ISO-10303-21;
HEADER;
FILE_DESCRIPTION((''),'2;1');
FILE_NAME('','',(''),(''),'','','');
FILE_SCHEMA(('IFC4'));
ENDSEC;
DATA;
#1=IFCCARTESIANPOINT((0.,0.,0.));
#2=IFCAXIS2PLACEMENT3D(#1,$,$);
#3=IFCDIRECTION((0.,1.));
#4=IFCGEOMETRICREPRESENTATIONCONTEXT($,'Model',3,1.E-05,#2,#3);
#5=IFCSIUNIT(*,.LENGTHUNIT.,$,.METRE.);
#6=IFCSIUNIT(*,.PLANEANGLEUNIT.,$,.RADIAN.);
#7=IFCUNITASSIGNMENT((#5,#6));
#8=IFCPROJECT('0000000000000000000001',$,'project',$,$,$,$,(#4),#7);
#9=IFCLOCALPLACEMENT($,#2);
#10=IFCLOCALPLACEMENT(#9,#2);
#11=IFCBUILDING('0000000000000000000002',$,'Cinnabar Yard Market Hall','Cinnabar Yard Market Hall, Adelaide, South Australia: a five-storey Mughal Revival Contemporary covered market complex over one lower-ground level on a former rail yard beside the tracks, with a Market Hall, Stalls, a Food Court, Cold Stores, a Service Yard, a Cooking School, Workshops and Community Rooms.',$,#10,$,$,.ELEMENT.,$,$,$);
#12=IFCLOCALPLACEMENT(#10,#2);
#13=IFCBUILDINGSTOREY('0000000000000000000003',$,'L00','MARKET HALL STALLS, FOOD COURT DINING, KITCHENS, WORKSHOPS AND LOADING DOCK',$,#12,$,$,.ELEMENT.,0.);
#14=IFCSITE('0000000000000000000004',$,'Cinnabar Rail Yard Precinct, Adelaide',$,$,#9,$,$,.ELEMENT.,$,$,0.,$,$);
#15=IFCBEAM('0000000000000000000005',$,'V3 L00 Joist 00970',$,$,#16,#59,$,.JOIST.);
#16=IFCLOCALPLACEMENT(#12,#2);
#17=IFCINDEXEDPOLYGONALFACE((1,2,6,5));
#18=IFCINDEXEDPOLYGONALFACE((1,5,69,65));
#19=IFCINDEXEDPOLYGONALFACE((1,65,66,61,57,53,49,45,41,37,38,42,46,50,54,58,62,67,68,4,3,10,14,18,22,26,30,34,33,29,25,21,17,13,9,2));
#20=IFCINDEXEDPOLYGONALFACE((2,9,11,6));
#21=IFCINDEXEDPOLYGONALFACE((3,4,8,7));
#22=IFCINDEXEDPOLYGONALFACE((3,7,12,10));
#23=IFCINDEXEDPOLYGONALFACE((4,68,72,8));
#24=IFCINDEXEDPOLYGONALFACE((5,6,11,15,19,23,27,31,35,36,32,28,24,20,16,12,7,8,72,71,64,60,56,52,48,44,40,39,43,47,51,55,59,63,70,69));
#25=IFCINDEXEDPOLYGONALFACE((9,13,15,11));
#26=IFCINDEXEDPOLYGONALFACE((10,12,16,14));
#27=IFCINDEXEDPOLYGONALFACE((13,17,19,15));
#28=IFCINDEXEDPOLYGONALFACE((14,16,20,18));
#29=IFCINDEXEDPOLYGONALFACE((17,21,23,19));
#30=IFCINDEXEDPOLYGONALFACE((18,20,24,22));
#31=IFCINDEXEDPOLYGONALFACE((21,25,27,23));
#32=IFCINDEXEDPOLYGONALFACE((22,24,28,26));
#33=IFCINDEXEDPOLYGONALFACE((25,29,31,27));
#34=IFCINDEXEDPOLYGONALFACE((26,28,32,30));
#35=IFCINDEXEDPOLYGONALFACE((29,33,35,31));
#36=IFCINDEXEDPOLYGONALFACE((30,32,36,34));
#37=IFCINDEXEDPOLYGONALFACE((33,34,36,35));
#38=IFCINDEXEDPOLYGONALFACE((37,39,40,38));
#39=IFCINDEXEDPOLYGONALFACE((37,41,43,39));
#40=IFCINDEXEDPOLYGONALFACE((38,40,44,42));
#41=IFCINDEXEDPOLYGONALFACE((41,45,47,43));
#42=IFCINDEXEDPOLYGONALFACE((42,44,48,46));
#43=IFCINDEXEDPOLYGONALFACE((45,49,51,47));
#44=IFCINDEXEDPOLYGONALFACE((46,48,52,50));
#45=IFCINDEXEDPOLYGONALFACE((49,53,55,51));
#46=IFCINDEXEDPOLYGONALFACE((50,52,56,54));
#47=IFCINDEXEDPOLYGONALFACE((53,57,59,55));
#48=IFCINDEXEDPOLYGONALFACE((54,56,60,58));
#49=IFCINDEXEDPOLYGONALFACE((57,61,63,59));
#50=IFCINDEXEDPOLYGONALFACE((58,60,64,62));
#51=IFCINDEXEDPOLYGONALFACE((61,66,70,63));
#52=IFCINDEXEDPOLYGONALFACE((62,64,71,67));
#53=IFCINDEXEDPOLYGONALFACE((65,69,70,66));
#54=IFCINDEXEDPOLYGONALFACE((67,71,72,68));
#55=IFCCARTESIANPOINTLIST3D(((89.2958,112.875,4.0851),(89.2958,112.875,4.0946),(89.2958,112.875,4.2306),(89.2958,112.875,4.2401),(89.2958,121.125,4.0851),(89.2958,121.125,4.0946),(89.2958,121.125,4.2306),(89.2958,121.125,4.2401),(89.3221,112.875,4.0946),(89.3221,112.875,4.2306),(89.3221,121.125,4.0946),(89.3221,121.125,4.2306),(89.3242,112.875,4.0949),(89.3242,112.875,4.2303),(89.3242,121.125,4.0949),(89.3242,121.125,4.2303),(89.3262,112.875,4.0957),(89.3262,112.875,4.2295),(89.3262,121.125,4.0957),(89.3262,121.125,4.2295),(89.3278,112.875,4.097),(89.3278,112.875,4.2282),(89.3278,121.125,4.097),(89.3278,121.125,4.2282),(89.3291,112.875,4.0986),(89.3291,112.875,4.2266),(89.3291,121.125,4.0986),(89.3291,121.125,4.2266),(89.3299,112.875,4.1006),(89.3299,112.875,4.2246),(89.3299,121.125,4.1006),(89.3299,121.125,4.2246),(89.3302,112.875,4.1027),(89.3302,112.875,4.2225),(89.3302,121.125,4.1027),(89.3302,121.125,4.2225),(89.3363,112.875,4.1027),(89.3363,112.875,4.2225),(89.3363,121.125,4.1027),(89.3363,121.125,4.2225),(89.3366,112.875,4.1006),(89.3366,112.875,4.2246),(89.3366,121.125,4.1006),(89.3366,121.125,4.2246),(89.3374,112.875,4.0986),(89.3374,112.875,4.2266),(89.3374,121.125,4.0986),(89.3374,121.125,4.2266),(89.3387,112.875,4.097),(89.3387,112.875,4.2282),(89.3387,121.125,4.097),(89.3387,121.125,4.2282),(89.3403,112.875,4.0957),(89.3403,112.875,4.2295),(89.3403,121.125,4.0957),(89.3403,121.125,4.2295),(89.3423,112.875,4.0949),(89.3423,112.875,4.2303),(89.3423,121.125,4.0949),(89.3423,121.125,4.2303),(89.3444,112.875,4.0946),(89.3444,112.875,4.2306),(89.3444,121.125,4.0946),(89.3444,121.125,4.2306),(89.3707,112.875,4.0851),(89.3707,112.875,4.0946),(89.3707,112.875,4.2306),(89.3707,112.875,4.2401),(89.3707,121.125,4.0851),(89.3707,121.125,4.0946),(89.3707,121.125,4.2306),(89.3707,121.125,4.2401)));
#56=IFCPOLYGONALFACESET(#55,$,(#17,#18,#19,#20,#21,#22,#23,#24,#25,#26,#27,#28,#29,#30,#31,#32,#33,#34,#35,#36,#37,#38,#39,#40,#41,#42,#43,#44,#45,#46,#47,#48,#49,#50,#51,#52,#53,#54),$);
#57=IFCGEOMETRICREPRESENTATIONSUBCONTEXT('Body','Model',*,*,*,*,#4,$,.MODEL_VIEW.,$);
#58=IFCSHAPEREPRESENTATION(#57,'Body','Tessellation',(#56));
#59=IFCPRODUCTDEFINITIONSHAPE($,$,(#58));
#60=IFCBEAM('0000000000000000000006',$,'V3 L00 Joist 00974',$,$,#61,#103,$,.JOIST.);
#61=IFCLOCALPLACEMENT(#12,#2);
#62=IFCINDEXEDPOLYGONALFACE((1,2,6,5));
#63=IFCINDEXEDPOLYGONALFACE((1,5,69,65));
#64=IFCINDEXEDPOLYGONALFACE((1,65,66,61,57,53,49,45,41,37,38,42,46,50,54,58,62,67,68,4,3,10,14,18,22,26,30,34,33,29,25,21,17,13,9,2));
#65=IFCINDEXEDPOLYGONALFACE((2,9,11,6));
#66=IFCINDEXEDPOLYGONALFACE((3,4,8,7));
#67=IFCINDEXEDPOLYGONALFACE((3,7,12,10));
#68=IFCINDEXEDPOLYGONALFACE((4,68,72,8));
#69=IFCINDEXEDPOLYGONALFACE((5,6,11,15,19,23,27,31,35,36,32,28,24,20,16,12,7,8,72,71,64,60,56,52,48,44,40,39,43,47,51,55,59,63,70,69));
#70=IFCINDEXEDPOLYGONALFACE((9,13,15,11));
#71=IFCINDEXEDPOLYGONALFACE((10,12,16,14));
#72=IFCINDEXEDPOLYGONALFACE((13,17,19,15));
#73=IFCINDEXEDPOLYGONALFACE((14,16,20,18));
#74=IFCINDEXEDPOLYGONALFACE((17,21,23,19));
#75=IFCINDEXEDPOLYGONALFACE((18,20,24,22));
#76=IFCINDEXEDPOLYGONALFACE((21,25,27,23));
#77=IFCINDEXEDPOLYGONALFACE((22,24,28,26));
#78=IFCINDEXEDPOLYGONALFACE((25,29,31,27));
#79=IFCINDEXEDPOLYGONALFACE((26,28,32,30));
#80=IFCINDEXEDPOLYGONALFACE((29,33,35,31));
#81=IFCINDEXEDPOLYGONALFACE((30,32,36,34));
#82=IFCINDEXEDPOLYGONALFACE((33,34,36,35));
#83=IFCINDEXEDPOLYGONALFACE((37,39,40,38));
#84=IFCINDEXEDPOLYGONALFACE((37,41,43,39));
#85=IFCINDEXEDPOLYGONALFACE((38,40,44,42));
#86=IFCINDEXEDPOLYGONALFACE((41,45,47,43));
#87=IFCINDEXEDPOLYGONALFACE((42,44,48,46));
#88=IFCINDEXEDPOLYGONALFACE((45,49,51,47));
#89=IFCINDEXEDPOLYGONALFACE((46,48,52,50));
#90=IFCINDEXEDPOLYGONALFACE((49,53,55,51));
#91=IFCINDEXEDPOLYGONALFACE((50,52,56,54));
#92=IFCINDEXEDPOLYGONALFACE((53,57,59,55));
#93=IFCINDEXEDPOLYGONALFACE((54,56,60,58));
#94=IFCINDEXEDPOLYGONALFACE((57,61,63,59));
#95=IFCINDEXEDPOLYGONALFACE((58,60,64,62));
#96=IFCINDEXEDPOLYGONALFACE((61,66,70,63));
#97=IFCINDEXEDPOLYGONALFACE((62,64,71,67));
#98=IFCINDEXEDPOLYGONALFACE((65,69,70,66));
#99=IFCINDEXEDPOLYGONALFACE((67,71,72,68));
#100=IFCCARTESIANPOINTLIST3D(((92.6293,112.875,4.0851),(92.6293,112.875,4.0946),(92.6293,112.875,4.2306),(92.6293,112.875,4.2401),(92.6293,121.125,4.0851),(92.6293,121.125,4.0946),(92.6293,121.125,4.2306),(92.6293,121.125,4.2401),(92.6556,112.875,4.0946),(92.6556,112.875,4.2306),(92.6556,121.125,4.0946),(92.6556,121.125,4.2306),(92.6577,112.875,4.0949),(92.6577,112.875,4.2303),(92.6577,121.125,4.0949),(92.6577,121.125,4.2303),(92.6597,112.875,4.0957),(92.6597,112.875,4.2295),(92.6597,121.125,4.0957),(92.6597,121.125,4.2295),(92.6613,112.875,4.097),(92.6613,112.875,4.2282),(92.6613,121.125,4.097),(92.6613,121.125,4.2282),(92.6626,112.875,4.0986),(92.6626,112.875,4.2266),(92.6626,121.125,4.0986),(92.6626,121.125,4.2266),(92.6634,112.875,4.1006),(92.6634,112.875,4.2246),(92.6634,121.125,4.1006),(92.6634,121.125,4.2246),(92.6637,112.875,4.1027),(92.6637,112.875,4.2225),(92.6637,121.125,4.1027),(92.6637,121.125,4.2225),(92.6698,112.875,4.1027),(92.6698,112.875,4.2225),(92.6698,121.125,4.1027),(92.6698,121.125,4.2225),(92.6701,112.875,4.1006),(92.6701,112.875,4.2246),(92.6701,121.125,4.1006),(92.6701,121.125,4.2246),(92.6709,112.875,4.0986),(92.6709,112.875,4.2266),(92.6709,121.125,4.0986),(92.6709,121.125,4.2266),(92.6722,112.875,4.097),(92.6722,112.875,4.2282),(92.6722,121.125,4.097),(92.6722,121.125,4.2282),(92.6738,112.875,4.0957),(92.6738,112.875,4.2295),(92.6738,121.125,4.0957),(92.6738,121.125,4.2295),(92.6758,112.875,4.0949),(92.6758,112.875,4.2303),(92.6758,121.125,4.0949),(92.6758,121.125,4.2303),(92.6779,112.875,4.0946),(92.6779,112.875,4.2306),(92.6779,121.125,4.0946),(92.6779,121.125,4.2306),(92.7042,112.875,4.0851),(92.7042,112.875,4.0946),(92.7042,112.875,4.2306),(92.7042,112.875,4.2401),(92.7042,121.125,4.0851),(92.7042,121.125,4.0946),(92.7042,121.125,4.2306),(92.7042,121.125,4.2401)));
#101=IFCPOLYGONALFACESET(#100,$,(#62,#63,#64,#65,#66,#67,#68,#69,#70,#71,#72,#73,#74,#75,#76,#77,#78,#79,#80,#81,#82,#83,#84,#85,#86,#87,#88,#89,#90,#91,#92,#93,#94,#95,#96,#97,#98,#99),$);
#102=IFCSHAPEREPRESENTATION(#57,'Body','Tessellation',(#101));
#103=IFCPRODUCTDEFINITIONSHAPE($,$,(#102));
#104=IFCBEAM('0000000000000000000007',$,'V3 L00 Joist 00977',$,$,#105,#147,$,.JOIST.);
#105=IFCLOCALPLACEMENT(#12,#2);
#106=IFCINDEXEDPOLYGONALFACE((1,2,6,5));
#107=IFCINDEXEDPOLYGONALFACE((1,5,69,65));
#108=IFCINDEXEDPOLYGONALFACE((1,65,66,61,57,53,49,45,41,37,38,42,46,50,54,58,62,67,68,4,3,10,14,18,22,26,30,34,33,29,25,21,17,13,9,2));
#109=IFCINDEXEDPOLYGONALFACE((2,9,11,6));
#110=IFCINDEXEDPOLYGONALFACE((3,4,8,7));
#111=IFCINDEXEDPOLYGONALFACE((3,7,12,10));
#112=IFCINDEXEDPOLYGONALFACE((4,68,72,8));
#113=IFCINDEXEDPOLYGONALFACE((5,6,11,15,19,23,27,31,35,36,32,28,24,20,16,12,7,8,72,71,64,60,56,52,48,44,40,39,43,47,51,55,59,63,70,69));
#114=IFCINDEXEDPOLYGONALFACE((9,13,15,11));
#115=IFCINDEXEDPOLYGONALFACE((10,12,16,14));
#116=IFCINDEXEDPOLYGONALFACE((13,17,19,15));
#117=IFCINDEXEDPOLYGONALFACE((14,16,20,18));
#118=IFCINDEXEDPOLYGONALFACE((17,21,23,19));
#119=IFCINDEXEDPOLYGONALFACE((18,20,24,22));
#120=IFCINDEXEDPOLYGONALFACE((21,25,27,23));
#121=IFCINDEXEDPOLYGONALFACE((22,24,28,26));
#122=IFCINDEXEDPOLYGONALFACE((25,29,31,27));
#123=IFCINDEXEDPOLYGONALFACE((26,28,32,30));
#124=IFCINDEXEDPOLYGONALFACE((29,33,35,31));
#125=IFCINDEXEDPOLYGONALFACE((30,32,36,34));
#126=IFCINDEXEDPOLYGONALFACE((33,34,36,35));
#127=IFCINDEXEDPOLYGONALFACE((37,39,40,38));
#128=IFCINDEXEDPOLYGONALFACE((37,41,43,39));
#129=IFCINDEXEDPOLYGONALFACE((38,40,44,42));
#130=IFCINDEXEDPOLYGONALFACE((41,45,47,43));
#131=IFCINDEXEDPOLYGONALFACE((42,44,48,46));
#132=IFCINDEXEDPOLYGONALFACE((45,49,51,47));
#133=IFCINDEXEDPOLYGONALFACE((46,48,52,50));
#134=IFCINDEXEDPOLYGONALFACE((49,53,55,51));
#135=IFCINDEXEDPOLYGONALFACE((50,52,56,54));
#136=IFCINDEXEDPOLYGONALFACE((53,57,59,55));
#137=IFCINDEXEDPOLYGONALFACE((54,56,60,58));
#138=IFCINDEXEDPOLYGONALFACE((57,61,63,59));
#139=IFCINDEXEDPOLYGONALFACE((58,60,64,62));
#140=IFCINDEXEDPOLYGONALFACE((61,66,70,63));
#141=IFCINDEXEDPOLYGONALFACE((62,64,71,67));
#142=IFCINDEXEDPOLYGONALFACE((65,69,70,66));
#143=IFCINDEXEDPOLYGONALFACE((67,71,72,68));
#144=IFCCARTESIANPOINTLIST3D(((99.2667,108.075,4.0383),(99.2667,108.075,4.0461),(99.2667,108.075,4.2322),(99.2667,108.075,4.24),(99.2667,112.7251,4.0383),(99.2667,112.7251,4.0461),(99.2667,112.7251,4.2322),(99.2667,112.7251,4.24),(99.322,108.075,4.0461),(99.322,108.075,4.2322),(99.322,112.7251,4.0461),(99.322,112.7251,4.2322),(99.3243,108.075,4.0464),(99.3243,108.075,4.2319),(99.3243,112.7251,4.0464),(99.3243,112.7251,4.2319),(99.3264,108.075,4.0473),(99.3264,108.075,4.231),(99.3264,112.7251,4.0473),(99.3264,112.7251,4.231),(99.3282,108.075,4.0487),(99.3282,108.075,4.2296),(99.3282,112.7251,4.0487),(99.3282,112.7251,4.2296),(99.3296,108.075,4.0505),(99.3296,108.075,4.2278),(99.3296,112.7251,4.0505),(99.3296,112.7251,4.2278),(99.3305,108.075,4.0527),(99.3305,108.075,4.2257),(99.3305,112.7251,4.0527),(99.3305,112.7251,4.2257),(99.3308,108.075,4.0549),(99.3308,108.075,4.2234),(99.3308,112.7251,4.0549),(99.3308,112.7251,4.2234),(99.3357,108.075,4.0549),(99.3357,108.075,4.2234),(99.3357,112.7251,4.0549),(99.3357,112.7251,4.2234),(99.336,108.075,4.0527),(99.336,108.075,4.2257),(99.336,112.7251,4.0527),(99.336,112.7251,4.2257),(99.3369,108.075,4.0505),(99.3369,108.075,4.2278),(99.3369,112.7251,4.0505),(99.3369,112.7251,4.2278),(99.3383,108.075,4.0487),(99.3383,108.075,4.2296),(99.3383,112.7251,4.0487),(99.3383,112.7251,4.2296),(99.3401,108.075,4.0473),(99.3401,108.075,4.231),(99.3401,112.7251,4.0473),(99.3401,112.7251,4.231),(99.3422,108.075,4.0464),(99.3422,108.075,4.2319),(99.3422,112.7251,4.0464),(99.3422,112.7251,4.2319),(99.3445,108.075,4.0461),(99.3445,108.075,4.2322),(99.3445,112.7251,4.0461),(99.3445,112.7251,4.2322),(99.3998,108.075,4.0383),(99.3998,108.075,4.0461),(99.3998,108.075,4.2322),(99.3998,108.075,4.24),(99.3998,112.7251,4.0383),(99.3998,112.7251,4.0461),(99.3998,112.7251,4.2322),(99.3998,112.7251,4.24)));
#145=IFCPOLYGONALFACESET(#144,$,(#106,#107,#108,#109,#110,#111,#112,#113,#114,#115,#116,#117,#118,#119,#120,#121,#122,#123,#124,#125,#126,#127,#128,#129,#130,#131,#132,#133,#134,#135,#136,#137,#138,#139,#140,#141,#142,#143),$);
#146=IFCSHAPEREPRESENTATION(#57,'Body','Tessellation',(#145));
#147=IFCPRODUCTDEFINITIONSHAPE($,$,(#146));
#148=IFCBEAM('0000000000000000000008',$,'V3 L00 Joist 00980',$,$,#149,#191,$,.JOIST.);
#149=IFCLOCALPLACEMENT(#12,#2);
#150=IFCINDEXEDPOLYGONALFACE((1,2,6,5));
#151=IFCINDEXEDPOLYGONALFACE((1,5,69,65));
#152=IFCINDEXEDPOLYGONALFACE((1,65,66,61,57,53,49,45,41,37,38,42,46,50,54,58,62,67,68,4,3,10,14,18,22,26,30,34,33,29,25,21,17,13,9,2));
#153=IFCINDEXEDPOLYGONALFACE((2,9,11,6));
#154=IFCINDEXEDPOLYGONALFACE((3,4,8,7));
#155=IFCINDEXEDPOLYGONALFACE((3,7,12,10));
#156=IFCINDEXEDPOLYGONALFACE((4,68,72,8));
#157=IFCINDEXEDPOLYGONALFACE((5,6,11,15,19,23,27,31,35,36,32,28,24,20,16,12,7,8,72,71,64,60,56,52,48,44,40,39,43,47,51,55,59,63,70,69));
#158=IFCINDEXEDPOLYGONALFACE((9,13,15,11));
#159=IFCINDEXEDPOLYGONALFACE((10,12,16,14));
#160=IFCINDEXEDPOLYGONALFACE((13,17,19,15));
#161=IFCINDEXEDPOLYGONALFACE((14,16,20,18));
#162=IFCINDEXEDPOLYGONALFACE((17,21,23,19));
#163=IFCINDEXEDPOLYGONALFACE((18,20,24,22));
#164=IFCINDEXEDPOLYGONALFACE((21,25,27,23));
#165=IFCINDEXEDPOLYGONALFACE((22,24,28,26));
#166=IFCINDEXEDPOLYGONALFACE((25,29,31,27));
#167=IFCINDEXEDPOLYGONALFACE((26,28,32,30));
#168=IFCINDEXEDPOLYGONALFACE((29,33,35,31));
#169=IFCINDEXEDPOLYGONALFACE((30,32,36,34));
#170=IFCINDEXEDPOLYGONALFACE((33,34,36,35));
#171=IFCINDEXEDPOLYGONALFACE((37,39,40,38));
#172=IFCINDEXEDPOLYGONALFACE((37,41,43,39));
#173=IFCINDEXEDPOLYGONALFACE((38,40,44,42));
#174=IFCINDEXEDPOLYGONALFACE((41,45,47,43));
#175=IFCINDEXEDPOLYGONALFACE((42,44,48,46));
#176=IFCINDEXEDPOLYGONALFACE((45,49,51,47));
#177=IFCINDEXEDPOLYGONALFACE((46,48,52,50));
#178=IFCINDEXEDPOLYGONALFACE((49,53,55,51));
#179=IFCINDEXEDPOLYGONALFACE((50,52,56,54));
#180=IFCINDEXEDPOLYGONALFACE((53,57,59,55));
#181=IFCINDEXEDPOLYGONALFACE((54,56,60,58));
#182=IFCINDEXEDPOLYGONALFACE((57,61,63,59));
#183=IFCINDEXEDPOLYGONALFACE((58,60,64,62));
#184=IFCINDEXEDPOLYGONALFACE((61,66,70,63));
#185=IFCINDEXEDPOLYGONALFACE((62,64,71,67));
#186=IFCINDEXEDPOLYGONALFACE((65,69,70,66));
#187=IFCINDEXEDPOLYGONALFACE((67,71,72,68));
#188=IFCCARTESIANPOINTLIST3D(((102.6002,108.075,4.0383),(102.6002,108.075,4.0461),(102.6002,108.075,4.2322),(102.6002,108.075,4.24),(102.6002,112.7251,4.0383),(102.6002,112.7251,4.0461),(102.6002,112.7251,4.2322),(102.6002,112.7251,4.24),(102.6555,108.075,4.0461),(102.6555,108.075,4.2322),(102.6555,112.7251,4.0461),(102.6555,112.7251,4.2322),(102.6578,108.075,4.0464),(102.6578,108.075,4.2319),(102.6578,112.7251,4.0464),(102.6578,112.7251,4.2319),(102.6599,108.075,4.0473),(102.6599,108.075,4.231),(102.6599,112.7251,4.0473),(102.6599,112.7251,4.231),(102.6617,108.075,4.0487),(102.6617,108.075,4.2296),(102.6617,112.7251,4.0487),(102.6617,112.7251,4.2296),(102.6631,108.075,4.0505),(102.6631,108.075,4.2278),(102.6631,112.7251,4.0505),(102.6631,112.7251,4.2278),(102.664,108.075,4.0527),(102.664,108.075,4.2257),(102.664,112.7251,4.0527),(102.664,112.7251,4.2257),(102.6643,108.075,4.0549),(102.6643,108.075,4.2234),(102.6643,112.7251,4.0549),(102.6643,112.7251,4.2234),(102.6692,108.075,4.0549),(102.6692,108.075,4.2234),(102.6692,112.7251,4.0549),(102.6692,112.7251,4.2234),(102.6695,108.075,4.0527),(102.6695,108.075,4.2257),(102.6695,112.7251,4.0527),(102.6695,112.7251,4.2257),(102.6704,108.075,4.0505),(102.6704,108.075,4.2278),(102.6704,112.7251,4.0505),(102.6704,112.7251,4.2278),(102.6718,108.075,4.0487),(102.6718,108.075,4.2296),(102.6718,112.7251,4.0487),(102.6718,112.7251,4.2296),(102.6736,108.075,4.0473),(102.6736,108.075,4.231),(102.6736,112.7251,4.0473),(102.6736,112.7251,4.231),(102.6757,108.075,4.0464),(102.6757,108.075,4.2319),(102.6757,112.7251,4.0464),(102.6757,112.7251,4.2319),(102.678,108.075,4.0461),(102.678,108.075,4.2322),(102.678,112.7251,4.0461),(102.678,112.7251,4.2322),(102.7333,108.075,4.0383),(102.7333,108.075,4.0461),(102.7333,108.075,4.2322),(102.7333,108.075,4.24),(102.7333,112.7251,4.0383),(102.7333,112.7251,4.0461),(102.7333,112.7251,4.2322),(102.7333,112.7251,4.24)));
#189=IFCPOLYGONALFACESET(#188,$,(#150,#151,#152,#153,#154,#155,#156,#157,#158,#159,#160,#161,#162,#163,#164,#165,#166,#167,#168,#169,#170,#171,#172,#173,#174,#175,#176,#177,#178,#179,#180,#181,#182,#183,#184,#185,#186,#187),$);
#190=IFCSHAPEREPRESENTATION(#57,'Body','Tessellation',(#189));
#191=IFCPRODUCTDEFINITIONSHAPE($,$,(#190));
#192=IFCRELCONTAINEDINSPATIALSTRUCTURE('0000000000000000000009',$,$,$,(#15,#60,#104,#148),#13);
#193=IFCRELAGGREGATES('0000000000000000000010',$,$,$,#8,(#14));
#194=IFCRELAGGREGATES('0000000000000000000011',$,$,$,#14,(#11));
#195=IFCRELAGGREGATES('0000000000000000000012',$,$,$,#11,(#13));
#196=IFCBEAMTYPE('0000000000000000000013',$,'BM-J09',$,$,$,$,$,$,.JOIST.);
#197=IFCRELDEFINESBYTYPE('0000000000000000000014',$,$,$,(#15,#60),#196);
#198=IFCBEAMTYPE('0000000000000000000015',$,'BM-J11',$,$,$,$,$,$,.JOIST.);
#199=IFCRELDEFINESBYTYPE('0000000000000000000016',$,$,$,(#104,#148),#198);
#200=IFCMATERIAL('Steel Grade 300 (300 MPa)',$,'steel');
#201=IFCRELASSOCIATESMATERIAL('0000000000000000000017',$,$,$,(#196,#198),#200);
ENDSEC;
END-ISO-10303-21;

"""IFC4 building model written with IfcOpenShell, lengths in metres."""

from ifc_helpers import new_model, si_unit, direction, frame, origin, origin_2d_with_axis, place, context, subcontext, project, spatial, i_section, extrude, material, material_profile, profile_set, type_object, element, save


model = new_model("IFC4")

# Units and contexts
model_context = context("Model", 3, precision=1e-05, world=origin(), true_north=direction((0.0, 1.0)))
body_context = subcontext(model_context, "Body", "Model", "MODEL_VIEW")
ifc_project = project(units=[si_unit("LENGTHUNIT", "METRE"), si_unit("PLANEANGLEUNIT", "RADIAN")], contexts=[model_context])

# Site, building, storey
site_placement = place(None, origin())
site = spatial("IfcSite", under=ifc_project, at=site_placement, Name="Cinnabar Rail Yard Precinct, Adelaide", CompositionType="ELEMENT", RefElevation=0.0)
building_placement = place(site_placement, origin())
building = spatial("IfcBuilding", under=site, at=building_placement, Name="Cinnabar Yard Market Hall", Description="Cinnabar Yard Market Hall, Adelaide, South Australia: a five-storey Mughal Revival Contemporary covered market complex over one lower-ground level on a former rail yard beside the tracks, with a Market Hall, Stalls, a Food Court, Cold Stores, a Service Yard, a Cooking School, Workshops and Community Rooms.", CompositionType="ELEMENT")
storey_placement = place(building_placement, origin())
storey = spatial("IfcBuildingStorey", under=building, at=storey_placement, Name="L00", Description="MARKET HALL STALLS, FOOD COURT DINING, KITCHENS, WORKSHOPS AND LOADING DOCK", CompositionType="ELEMENT", Elevation=0.0)

# Shared definitions
ifc_material_1 = material(Name="Steel Grade 300 (300 MPa)", Category="steel")

# Beams
ifc_material_profile_1 = material_profile(ifc_material_1, i_section(OverallWidth=0.075, OverallDepth=0.155, WebThickness=0.0061, FlangeThickness=0.0095, FilletRadius=0.0081, at=origin_2d_with_axis()), Name="150UB18.0")
ifc_profile_set_1 = profile_set([ifc_material_profile_1], Name="Steel Grade 300 (300 MPa)")
beam_type_1 = type_object("IfcBeamType", Name="BM-J09", PredefinedType="JOIST", material=ifc_profile_set_1)
for number, where, z_axis, x_axis, name in (
    (1, (89.3333, 112.875, 4.1626), (0.0, 1.0, 0.0), (-1.0, 0.0, 0.0), "V3 L00 Joist 00970"),
    (2, (92.6667, 112.875, 4.1626), (0.0, 1.0, 0.0), (-1.0, 0.0, 0.0), "V3 L00 Joist 00974"),
):
    element("IfcBeam", number, at=place(storey_placement, frame(where, z_axis=z_axis, x_axis=x_axis)), inside=storey, type_object=beam_type_1, Name=name, PredefinedType="JOIST", context=body_context, shape_type="SweptSolid", body=[
        extrude(i_section(OverallWidth=0.075, OverallDepth=0.155, WebThickness=0.0061, FlangeThickness=0.0095, FilletRadius=0.0081, at=origin_2d_with_axis()), origin(), (0.0, 0.0, 1.0), 8.25),
    ])
ifc_material_profile_2 = material_profile(ifc_material_1, i_section(OverallWidth=0.1331, OverallDepth=0.2017, WebThickness=0.0049, FlangeThickness=0.0078, FilletRadius=0.0088, at=origin_2d_with_axis()), Name="200UB22.3")
ifc_profile_set_2 = profile_set([ifc_material_profile_2], Name="Steel Grade 300 (300 MPa)")
beam_type_2 = type_object("IfcBeamType", Name="BM-J11", PredefinedType="JOIST", material=ifc_profile_set_2)
for number, where, z_axis, x_axis, name in (
    (3, (99.3333, 108.075, 4.1392), (0.0, 1.0, 0.0), (-1.0, 0.0, 0.0), "V3 L00 Joist 00977"),
    (4, (102.6667, 108.075, 4.1392), (0.0, 1.0, 0.0), (-1.0, 0.0, 0.0), "V3 L00 Joist 00980"),
):
    element("IfcBeam", number, at=place(storey_placement, frame(where, z_axis=z_axis, x_axis=x_axis)), inside=storey, type_object=beam_type_2, Name=name, PredefinedType="JOIST", context=body_context, shape_type="SweptSolid", body=[
        extrude(i_section(OverallWidth=0.1331, OverallDepth=0.2017, WebThickness=0.0049, FlangeThickness=0.0078, FilletRadius=0.0088, at=origin_2d_with_axis()), origin(), (0.0, 0.0, 1.0), 4.6501),
    ])

save(model, "model.ifc")
